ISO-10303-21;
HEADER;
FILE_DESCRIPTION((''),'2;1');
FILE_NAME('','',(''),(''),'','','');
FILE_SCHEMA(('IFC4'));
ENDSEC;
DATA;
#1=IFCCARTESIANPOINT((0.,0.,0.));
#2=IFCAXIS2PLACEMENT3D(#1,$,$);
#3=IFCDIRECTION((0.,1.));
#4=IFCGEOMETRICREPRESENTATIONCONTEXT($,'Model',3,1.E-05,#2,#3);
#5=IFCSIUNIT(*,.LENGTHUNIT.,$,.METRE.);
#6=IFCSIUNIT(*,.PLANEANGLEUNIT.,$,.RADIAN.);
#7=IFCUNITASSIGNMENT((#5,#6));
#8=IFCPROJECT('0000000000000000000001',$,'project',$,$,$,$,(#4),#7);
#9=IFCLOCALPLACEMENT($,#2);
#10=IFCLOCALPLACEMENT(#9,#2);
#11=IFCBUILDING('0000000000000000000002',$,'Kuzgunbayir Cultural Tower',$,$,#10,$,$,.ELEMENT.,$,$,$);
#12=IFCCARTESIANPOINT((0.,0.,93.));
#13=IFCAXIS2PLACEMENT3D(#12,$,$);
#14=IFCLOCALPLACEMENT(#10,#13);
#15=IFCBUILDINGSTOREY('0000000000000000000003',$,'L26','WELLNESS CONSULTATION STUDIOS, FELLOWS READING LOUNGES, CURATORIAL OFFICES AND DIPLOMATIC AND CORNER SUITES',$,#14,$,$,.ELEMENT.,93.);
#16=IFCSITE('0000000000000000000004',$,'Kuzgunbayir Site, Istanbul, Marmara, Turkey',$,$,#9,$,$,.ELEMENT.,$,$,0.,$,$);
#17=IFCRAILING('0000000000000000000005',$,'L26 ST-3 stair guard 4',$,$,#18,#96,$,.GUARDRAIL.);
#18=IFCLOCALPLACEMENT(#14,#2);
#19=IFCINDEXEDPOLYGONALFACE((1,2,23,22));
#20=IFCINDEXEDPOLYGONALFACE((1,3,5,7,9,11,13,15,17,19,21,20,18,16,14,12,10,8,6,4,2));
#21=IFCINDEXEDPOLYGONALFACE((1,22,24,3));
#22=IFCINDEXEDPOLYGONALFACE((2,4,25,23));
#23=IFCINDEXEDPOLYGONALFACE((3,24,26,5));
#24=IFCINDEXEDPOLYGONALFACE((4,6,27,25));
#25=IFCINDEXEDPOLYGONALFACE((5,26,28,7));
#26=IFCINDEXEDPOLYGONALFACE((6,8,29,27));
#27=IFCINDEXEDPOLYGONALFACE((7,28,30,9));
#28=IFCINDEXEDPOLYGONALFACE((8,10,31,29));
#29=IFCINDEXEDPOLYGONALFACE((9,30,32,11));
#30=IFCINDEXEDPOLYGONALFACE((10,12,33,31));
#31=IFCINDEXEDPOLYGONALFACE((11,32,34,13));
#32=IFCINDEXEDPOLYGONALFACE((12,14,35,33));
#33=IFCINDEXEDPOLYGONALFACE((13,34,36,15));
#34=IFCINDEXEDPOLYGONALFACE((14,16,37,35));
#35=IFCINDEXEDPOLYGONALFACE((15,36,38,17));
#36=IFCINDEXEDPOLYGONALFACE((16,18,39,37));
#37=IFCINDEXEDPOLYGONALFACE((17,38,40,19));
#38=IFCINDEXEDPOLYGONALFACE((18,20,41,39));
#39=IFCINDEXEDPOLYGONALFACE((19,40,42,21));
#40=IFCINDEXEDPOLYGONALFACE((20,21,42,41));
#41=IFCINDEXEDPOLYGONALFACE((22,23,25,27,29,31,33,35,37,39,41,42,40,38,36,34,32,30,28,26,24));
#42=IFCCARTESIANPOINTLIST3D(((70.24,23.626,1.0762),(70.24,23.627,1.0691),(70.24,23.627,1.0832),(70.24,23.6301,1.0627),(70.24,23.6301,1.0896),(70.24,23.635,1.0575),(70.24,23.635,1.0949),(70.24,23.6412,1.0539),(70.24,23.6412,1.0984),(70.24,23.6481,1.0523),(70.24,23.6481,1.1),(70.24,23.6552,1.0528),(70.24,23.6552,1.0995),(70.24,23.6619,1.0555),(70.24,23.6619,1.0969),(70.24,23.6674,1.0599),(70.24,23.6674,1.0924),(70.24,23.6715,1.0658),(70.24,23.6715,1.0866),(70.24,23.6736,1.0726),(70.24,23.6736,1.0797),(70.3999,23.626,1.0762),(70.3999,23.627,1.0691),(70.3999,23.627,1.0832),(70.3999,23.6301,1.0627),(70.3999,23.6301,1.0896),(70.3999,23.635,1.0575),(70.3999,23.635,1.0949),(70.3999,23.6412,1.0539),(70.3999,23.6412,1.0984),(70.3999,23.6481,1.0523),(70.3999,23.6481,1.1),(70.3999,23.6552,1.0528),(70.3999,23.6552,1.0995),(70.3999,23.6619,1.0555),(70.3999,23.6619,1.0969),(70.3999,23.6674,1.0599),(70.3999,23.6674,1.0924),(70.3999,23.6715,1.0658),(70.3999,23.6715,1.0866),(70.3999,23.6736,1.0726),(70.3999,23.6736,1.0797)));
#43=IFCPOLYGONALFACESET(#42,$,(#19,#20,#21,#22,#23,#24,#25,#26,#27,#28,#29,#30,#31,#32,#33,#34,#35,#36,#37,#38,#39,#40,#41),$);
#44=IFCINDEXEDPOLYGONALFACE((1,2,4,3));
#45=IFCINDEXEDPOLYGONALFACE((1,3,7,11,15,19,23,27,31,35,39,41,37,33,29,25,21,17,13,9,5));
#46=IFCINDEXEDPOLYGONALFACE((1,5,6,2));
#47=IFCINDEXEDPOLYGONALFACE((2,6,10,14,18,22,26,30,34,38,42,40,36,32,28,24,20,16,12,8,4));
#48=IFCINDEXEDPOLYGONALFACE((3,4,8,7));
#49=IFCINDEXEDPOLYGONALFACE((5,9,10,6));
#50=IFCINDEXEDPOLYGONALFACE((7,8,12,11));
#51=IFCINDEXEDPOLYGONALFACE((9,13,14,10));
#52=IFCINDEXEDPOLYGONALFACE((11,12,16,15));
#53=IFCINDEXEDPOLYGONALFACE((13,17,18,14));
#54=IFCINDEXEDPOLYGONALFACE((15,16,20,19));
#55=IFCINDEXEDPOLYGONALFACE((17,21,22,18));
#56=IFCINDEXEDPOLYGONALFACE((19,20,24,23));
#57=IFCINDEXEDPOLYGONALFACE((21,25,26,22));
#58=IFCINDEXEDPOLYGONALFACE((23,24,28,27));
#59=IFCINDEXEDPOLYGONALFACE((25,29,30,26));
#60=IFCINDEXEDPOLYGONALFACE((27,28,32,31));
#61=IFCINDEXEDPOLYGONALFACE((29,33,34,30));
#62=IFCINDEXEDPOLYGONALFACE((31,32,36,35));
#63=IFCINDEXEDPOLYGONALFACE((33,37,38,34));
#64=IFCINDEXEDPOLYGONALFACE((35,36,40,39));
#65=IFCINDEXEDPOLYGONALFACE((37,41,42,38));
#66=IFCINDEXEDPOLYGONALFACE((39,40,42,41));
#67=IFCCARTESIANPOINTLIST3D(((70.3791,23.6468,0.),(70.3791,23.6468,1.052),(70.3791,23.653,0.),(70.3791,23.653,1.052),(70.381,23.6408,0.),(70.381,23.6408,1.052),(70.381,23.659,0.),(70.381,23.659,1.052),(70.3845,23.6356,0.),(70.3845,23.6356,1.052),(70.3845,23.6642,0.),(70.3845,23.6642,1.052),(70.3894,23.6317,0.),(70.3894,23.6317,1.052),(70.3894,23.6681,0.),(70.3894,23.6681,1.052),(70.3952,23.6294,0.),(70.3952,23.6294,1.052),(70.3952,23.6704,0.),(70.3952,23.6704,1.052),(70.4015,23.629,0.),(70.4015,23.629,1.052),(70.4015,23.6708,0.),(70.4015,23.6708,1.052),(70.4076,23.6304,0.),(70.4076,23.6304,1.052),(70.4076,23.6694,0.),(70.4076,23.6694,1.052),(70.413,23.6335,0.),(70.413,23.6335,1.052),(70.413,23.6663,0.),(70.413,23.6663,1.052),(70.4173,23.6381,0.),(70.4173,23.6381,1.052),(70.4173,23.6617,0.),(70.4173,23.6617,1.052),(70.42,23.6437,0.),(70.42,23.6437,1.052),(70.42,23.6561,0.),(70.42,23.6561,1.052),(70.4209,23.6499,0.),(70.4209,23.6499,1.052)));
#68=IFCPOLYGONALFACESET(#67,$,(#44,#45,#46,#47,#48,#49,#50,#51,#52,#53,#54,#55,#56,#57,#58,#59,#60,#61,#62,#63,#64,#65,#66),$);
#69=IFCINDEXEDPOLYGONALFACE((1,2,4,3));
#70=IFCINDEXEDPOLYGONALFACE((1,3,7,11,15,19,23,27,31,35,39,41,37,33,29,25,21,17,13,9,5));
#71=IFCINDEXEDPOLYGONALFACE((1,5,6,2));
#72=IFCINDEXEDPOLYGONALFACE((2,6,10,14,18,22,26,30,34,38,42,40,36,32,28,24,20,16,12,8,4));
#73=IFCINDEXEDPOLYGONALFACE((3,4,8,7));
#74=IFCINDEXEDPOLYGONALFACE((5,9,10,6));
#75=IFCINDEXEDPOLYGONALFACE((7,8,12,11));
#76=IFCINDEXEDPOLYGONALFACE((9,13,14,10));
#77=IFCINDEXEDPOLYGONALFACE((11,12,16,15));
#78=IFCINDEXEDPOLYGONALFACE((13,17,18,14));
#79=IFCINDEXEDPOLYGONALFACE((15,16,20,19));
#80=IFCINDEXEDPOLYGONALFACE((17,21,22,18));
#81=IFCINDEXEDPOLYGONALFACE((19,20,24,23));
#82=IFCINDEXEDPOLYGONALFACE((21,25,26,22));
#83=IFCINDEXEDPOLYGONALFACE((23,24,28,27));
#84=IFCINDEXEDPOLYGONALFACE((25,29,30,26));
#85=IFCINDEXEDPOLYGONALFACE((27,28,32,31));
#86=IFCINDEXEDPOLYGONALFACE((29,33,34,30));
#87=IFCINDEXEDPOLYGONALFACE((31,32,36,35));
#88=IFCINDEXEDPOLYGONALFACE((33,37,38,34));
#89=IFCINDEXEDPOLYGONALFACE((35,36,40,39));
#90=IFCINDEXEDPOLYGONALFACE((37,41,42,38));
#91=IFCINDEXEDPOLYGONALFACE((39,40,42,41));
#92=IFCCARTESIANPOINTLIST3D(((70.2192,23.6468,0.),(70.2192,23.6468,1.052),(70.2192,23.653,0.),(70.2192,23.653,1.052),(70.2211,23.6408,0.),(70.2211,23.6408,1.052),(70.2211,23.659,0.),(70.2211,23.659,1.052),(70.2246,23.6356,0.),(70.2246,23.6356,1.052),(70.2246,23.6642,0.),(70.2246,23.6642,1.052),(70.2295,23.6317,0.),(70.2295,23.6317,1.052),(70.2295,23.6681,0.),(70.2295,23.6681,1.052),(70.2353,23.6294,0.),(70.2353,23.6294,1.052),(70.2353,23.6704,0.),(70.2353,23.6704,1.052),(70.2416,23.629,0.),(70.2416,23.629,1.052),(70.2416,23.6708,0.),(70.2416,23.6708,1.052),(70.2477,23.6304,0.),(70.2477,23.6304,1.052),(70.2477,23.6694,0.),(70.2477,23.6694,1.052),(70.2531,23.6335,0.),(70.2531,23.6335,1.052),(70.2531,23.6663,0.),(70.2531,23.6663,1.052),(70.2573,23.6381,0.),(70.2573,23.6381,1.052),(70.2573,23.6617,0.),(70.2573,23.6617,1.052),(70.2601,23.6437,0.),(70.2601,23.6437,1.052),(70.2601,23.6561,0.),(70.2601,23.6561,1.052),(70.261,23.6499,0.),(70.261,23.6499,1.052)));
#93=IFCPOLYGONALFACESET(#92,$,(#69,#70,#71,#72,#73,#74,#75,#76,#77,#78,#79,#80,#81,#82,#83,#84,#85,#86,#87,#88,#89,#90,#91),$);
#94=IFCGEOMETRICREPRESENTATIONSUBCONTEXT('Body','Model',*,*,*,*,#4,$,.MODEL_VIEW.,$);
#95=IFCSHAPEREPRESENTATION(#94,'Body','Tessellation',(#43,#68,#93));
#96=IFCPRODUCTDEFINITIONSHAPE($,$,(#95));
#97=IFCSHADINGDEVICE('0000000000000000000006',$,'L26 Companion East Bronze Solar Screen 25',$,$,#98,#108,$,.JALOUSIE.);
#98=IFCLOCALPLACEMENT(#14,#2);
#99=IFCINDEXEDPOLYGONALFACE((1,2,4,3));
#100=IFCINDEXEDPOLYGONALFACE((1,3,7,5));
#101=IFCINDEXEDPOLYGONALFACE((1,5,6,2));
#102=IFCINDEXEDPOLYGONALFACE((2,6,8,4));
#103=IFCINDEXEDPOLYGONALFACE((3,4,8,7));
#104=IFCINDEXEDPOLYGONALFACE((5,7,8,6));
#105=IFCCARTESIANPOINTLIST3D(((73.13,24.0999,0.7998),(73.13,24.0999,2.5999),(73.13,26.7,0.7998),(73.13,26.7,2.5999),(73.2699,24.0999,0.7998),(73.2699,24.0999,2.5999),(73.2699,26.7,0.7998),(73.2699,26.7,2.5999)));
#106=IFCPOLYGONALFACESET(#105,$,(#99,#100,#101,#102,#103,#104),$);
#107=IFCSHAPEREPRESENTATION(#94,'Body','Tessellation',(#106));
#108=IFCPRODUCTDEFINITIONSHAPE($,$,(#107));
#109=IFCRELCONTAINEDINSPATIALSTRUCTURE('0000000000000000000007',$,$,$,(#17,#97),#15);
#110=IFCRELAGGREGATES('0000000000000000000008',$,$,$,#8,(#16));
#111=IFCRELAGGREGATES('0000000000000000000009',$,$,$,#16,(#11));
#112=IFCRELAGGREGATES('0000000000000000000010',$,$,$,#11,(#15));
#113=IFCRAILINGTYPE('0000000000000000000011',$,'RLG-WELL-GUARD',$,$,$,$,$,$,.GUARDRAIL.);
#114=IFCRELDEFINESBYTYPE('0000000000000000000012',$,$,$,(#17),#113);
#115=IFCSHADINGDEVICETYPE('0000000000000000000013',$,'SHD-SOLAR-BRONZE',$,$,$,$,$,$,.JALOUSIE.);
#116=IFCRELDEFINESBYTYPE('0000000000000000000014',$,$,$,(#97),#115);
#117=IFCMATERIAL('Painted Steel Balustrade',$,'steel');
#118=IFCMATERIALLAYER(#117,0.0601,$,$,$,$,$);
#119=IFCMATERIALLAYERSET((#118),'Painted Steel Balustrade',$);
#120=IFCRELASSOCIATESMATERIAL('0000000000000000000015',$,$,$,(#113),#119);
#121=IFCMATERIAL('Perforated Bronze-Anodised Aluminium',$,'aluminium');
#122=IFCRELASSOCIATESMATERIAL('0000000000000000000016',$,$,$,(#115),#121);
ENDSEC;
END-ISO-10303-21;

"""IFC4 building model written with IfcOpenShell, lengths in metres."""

from ifc_helpers import new_model, si_unit, direction, frame, origin, origin_2d, place, context, subcontext, project, spatial, rectangle, circle, extrude, material, layer, layer_set, type_object, element, save


model = new_model("IFC4")

# Units and contexts
model_context = context("Model", 3, precision=1e-05, world=origin(), true_north=direction((0.0, 1.0)))
body_context = subcontext(model_context, "Body", "Model", "MODEL_VIEW")
ifc_project = project(units=[si_unit("LENGTHUNIT", "METRE"), si_unit("PLANEANGLEUNIT", "RADIAN")], contexts=[model_context])

# Site, building, storey
site_placement = place(None, origin())
site = spatial("IfcSite", under=ifc_project, at=site_placement, Name="Kuzgunbayir Site, Istanbul, Marmara, Turkey", CompositionType="ELEMENT", RefElevation=0.0)
building_placement = place(site_placement, origin())
building = spatial("IfcBuilding", under=site, at=building_placement, Name="Kuzgunbayir Cultural Tower", CompositionType="ELEMENT")
storey_placement = place(building_placement, frame((0.0, 0.0, 93.0)))
storey = spatial("IfcBuildingStorey", under=building, at=storey_placement, Name="L26", Description="WELLNESS CONSULTATION STUDIOS, FELLOWS READING LOUNGES, CURATORIAL OFFICES AND DIPLOMATIC AND CORNER SUITES", CompositionType="ELEMENT", Elevation=93.0)

# Shared definitions
ifc_material_1 = material(Name="Perforated Bronze-Anodised Aluminium", Category="aluminium")

# Railing
ifc_material_2 = material(Name="Painted Steel Balustrade", Category="steel")
ifc_layer_1 = layer(ifc_material_2, 0.0601)
ifc_layer_set_1 = layer_set([ifc_layer_1], Name="Painted Steel Balustrade")
railing_type_1 = type_object("IfcRailingType", Name="RLG-WELL-GUARD", PredefinedType="GUARDRAIL", material=ifc_layer_set_1)
railing_1_placement = place(storey_placement, frame((70.3999, 23.6499, 0.0)))
element("IfcRailing", 1, at=railing_1_placement, inside=storey, type_object=railing_type_1, Name="L26 ST-3 stair guard 4", PredefinedType="GUARDRAIL", context=body_context, shape_type="SweptSolid", body=[
    extrude(circle(Radius=0.0239, at=origin_2d()), frame((0.0, 0.0, 1.0762), z_axis=(-1.0, 0.0, 0.0), x_axis=(0.0, -1.0, 0.0)), (0.0, 0.0, 1.0), 0.1599),
    extrude(circle(Radius=0.021, at=origin_2d()), origin(), (0.0, 0.0, 1.0), 1.052),
    extrude(circle(Radius=0.021, at=origin_2d()), frame((-0.1599, 0.0, 0.0)), (0.0, 0.0, 1.0), 1.052),
])

# Shading device
shading_device_type = type_object("IfcShadingDeviceType", Name="SHD-SOLAR-BRONZE", PredefinedType="JALOUSIE", material=ifc_material_1)
shading_device_placement = place(storey_placement, frame((73.2, 25.3999, 0.7998), z_axis=(0.0, 0.0, 1.0), x_axis=(1.0, 0.0, 0.0)))
element("IfcShadingDevice", 2, at=shading_device_placement, inside=storey, type_object=shading_device_type, Name="L26 Companion East Bronze Solar Screen 25", PredefinedType="JALOUSIE", context=body_context, shape_type="SweptSolid", body=[
    extrude(rectangle(XDim=0.1399, YDim=2.6001, at=origin_2d()), origin(), (0.0, 0.0, 1.0), 1.8),
])

save(model, "model.ifc")
